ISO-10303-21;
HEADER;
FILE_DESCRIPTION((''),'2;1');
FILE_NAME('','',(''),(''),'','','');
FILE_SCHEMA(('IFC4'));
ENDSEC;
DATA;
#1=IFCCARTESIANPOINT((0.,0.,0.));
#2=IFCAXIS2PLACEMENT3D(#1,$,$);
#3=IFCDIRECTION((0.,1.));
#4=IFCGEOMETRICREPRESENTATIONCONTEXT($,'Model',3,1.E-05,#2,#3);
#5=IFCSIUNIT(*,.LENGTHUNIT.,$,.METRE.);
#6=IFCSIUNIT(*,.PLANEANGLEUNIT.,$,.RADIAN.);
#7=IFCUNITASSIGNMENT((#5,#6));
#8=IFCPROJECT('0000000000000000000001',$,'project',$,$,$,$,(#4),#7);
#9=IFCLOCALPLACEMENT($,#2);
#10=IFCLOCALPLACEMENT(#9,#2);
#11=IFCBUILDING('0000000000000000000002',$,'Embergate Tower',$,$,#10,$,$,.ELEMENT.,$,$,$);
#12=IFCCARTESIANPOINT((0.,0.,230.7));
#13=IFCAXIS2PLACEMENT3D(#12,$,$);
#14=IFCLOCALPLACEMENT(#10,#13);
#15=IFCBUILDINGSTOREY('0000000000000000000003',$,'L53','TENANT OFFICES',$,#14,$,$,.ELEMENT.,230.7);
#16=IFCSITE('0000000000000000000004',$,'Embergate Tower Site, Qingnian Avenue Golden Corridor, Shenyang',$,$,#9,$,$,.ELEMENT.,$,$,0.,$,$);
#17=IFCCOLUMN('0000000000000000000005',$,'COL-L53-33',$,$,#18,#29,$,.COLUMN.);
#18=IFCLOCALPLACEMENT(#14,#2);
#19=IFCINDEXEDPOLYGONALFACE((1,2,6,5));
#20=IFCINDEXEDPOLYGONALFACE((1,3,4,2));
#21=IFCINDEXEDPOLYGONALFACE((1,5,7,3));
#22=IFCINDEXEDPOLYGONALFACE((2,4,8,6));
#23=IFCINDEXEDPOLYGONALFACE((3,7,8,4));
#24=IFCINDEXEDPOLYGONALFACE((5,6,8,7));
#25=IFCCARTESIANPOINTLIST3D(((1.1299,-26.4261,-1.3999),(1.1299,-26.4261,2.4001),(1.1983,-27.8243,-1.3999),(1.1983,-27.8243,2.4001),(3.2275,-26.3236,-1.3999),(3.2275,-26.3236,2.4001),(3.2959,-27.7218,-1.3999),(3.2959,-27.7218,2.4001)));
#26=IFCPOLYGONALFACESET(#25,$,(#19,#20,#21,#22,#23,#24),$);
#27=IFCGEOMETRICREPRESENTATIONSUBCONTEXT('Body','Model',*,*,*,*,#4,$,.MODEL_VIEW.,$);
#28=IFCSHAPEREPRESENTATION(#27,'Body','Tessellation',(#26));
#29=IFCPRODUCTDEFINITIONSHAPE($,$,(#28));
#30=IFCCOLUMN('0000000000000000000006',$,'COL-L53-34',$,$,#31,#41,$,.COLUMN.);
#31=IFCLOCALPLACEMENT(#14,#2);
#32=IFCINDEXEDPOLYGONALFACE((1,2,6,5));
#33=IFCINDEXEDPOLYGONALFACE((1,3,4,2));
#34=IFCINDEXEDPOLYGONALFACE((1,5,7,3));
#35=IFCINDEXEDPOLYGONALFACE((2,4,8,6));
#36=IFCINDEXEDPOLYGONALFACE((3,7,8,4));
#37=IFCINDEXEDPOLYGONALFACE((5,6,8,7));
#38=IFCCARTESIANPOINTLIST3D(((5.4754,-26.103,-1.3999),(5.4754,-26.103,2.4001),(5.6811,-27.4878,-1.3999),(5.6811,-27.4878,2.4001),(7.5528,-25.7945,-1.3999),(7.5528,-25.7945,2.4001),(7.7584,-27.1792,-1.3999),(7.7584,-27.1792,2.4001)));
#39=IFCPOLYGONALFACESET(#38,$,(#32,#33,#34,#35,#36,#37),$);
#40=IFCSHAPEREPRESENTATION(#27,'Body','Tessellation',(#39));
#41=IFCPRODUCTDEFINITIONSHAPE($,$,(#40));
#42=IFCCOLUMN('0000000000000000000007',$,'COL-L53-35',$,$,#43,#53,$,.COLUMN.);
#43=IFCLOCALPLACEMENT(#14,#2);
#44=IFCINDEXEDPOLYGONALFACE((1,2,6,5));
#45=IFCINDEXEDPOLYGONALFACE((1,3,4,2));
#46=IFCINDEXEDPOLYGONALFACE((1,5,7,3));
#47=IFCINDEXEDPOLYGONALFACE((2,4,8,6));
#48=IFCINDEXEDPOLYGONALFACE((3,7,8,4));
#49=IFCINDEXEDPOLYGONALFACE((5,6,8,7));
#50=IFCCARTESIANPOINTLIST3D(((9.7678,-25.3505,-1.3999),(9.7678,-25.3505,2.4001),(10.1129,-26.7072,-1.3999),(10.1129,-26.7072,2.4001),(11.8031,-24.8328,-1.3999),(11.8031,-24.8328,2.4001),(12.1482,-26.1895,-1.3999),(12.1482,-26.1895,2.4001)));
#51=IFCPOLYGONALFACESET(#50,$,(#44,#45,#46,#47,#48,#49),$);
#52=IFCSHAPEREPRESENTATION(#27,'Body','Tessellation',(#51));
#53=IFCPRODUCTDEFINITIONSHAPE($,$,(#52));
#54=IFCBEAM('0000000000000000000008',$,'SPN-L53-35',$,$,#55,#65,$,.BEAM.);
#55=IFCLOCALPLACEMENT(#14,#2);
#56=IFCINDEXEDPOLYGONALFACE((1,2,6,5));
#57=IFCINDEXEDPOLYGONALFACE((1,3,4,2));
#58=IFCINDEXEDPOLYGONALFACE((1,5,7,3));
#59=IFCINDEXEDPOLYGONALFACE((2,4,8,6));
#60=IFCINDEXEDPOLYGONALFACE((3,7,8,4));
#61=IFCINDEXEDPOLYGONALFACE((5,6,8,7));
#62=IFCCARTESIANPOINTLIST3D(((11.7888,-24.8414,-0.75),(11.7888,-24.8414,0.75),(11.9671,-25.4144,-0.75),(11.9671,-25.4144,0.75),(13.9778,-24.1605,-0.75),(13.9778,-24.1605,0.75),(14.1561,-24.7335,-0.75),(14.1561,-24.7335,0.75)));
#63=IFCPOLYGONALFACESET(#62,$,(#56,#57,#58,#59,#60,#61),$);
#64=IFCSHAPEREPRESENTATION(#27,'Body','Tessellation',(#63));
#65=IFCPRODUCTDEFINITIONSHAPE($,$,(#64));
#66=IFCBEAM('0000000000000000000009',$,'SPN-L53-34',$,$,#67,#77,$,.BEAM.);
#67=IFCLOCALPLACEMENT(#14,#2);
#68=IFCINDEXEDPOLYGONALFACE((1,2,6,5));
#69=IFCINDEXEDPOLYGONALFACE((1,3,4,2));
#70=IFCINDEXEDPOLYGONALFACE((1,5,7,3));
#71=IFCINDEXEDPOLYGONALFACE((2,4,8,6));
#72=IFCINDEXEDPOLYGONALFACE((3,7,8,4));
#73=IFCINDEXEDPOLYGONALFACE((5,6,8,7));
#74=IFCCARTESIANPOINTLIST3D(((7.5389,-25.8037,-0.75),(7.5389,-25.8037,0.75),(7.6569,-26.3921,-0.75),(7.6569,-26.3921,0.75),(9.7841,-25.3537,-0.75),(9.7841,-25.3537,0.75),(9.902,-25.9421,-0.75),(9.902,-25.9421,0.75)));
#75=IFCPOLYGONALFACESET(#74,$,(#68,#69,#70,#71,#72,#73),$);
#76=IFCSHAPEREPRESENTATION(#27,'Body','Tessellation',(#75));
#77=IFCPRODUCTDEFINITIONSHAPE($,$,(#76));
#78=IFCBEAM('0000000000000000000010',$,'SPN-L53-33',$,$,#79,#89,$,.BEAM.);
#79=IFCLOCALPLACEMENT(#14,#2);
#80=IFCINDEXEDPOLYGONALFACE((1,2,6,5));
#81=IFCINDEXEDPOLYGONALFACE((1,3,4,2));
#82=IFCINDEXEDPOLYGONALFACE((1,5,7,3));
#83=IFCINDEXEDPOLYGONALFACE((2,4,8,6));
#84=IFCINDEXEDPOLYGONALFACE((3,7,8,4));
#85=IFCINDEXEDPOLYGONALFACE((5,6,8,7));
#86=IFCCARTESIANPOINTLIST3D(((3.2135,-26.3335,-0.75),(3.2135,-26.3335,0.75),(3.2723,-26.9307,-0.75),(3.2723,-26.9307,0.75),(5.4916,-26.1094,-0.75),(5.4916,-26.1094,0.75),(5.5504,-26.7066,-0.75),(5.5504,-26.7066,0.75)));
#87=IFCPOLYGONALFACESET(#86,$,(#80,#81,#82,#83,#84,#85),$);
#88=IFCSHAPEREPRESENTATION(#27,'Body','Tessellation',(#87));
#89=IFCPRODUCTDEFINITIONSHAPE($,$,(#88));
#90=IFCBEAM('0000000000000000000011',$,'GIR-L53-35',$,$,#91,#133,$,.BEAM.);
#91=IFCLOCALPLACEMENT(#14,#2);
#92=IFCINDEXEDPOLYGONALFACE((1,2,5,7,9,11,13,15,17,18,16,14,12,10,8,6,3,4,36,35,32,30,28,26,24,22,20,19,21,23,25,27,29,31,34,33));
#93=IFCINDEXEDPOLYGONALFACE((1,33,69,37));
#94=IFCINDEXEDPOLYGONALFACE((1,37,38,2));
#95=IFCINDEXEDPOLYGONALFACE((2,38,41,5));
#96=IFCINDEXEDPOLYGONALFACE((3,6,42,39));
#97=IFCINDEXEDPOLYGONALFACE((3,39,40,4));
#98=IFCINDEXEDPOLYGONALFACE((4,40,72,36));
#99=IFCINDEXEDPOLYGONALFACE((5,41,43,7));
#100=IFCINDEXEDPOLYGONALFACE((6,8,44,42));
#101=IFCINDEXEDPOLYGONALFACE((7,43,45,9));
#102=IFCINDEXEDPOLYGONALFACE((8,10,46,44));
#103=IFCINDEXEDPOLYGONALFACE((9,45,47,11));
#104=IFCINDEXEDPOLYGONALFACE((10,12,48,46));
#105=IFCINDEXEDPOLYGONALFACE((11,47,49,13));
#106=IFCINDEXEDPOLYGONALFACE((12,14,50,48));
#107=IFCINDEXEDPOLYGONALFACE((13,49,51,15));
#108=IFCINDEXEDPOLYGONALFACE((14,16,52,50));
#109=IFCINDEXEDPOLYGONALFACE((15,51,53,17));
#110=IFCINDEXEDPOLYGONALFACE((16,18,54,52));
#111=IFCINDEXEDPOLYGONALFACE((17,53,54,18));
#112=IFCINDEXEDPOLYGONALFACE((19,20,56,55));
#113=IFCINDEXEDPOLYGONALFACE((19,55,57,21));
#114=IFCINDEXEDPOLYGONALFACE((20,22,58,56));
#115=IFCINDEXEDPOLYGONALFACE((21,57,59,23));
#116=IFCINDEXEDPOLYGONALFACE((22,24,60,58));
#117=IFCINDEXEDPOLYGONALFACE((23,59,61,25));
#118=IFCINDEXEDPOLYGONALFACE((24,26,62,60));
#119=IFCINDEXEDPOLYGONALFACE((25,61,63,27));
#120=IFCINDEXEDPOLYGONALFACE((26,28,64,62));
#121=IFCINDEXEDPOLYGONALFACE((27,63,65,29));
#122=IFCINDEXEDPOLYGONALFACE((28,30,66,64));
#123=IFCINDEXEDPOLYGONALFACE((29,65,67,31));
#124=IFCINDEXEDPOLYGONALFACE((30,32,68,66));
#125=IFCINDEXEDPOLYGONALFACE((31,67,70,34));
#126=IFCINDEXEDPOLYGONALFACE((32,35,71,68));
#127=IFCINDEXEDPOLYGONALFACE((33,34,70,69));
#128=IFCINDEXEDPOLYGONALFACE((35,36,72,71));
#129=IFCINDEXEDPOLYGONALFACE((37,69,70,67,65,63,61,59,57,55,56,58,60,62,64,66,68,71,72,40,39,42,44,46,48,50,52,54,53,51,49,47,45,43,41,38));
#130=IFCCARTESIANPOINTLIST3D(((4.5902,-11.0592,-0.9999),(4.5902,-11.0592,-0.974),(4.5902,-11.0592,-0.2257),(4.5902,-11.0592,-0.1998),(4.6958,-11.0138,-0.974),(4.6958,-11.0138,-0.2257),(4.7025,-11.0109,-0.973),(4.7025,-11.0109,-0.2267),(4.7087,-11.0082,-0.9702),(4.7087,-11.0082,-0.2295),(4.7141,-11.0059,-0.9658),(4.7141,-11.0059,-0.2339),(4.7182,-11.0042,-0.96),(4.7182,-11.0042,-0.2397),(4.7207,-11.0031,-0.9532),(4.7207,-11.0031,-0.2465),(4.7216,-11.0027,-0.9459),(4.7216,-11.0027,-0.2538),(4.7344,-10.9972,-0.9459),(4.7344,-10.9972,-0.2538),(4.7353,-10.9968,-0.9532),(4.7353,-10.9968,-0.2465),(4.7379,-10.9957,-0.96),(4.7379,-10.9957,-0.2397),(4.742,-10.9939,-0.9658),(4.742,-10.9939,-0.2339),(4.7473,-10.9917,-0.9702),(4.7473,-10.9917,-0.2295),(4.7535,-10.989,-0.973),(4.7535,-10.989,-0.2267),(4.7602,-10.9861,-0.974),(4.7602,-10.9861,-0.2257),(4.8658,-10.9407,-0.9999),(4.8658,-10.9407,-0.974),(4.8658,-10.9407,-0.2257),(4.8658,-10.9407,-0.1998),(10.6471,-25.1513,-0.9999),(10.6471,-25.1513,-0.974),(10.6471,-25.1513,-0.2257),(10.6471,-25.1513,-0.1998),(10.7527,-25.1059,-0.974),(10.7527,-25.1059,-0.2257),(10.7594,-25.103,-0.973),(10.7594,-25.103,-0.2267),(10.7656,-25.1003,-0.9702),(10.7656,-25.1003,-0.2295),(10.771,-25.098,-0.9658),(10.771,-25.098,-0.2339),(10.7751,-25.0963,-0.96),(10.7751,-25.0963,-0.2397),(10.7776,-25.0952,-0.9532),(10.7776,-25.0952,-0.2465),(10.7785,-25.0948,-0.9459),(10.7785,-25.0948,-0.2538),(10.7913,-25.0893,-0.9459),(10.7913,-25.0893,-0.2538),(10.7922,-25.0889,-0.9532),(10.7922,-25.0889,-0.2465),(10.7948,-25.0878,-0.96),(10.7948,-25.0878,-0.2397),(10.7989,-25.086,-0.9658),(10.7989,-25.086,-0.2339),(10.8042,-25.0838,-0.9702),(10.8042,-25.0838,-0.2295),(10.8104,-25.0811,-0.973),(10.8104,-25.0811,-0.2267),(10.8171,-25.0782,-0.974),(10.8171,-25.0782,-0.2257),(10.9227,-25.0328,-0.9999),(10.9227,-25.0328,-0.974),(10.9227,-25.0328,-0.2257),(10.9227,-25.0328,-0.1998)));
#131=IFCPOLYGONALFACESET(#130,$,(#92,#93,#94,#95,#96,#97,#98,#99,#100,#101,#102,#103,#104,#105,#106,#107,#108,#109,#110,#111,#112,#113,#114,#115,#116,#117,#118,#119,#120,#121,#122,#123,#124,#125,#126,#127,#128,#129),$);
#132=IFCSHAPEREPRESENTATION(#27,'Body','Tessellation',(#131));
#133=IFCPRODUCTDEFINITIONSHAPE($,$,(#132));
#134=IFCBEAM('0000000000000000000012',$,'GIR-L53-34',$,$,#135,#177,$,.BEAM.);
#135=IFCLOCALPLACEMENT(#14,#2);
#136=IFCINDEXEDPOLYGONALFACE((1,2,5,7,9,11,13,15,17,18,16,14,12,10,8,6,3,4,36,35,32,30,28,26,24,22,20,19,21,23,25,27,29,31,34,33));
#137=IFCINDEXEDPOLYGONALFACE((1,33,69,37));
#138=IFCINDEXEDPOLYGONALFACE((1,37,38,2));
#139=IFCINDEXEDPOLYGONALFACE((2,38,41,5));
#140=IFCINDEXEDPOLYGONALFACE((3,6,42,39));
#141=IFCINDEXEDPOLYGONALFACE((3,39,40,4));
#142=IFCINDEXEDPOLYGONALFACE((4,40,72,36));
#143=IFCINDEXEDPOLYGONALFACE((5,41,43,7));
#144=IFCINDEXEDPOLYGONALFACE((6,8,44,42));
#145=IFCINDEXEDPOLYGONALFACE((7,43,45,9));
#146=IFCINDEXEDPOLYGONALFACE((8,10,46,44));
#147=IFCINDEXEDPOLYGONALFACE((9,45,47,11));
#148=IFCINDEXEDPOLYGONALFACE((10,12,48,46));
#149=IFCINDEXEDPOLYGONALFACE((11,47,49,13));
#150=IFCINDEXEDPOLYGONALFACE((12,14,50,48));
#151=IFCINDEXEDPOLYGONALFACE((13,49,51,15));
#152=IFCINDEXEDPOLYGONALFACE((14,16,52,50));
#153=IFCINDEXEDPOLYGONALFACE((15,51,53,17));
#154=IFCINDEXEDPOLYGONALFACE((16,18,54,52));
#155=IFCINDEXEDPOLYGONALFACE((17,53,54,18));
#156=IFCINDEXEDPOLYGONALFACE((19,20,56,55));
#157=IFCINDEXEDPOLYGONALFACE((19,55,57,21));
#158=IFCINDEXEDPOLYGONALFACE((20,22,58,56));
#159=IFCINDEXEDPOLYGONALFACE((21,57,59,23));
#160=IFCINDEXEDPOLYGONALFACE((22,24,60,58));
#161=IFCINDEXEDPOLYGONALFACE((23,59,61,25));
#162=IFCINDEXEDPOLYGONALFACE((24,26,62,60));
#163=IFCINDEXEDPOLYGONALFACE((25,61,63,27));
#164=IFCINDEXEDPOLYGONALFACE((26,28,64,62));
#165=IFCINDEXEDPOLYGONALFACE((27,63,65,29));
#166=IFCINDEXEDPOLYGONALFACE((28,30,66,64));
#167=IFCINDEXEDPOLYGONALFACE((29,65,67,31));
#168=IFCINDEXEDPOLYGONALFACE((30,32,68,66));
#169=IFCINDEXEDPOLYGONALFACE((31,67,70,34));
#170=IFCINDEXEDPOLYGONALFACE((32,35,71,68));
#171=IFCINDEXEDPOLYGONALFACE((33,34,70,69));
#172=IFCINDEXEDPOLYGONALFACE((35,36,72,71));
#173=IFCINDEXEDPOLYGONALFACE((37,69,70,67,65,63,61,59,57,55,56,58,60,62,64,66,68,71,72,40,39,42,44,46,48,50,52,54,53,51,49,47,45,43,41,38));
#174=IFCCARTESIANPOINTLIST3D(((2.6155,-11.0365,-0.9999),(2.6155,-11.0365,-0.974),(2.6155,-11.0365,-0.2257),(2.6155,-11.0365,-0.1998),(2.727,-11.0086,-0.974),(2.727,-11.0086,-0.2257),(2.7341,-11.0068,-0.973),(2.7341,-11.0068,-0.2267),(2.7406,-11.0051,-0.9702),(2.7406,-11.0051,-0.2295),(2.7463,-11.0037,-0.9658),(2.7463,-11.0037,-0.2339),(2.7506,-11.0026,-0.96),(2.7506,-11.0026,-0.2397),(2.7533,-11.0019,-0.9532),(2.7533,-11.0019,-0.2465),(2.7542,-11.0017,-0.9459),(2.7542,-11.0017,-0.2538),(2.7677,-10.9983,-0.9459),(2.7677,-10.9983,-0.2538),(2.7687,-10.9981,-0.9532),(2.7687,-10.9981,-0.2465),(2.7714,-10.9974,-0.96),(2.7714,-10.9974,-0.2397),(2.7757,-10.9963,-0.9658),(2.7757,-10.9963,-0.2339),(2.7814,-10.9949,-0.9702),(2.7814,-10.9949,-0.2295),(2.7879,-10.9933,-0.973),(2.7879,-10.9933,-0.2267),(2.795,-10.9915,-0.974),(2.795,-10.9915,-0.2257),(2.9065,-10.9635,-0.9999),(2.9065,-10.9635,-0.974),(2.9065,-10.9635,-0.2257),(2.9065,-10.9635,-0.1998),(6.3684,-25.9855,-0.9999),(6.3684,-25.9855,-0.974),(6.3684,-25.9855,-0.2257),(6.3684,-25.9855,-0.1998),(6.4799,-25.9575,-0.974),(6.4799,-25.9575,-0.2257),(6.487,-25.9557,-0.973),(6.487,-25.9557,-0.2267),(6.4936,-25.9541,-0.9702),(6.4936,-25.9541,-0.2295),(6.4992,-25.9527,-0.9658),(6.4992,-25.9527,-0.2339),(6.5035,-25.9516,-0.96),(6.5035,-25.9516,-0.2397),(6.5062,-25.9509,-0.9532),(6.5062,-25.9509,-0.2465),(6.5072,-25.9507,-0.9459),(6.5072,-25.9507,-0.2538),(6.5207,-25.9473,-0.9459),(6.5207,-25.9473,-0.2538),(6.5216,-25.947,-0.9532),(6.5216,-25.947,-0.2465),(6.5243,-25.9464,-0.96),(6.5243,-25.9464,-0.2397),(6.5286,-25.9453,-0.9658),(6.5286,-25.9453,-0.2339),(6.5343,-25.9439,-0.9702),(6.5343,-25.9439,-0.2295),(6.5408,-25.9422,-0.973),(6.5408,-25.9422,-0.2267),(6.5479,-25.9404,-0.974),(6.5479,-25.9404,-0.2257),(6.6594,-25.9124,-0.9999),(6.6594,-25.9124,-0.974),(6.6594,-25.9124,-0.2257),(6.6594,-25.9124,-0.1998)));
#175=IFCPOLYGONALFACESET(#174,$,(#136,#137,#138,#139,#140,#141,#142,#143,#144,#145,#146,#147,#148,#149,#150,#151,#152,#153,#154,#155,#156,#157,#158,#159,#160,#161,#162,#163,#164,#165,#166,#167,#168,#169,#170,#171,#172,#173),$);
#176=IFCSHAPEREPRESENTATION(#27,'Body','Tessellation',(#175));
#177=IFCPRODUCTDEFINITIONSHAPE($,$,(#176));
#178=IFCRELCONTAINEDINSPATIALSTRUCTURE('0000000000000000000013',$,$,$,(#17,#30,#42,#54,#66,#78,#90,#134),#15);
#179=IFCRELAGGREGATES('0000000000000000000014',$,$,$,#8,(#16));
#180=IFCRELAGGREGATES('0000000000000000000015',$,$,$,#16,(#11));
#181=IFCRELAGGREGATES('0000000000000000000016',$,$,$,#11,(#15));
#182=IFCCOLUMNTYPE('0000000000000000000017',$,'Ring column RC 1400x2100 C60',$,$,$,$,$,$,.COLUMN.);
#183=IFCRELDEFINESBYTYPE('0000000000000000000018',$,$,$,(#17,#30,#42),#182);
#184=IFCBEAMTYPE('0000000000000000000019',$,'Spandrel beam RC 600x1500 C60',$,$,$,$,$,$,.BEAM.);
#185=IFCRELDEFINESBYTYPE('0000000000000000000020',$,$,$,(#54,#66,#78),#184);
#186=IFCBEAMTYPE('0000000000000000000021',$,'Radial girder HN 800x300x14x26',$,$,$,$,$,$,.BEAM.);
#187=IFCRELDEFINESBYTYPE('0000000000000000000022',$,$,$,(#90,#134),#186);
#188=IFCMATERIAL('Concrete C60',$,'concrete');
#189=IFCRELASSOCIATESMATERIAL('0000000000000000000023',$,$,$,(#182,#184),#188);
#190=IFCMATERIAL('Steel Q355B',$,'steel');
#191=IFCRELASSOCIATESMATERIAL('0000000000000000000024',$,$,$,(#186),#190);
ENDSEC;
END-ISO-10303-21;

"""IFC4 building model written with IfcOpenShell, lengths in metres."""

from ifc_helpers import new_model, si_unit, direction, frame, origin, origin_2d, place, context, subcontext, project, spatial, rectangle, i_section, extrude, source, transform, mapped, material, material_profile, profile_set, type_object, element, save


model = new_model("IFC4")

# Units and contexts
model_context = context("Model", 3, precision=1e-05, world=origin(), true_north=direction((0.0, 1.0)))
body_context = subcontext(model_context, "Body", "Model", "MODEL_VIEW")
ifc_project = project(units=[si_unit("LENGTHUNIT", "METRE"), si_unit("PLANEANGLEUNIT", "RADIAN")], contexts=[model_context])

# Site, building, storey
site_placement = place(None, origin())
site = spatial("IfcSite", under=ifc_project, at=site_placement, Name="Embergate Tower Site, Qingnian Avenue Golden Corridor, Shenyang", CompositionType="ELEMENT", RefElevation=0.0)
building_placement = place(site_placement, origin())
building = spatial("IfcBuilding", under=site, at=building_placement, Name="Embergate Tower", CompositionType="ELEMENT")
storey_placement = place(building_placement, frame((0.0, 0.0, 230.7)))
storey = spatial("IfcBuildingStorey", under=building, at=storey_placement, Name="L53", Description="TENANT OFFICES", CompositionType="ELEMENT", Elevation=230.7)

# Columns
ifc_material_1 = material(Name="Concrete C60", Category="concrete")
ifc_material_profile_1 = material_profile(ifc_material_1, rectangle(XDim=1.3999, YDim=2.1001, at=origin_2d()), Name="RC 1400x2100")
ifc_profile_set_1 = profile_set([ifc_material_profile_1], Name="Concrete C60")
column_type = type_object("IfcColumnType", Name="Ring column RC 1400x2100 C60", PredefinedType="COLUMN", material=ifc_profile_set_1)
shared_shape_1 = source(origin(), body_context, "Body", "SweptSolid", [
    extrude(rectangle(XDim=1.3999, YDim=2.1001, at=origin_2d()), origin(), (0.0, 0.0, 1.0), 3.8),
])
for number, where, z_axis, x_axis, name in (
    (1, (2.2129, -27.074, -1.3999), (0.0, 0.0, 1.0), (0.048815, -0.998808, 0.0), "COL-L53-33"),
    (2, (6.6169, -26.6411, -1.3999), (0.0, 0.0, 1.0), (0.146929, -0.989147, 0.0), "COL-L53-34"),
    (3, (10.958, -25.77, -1.3999), (0.0, 0.0, 1.0), (0.246509, -0.969141, 0.0), "COL-L53-35"),
):
    element("IfcColumn", number, at=place(storey_placement, frame(where, z_axis=z_axis, x_axis=x_axis)), inside=storey, type_object=column_type, Name=name, PredefinedType="COLUMN", context=body_context, shape_type="MappedRepresentation", body=[
        mapped(shared_shape_1, transform((0.0, 0.0, 0.0))),
    ])

# Beams
ifc_material_profile_2 = material_profile(ifc_material_1, rectangle(XDim=0.6001, YDim=1.5, at=origin_2d()), Name="RC 600x1500")
ifc_profile_set_2 = profile_set([ifc_material_profile_2], Name="Concrete C60")
beam_type_1 = type_object("IfcBeamType", Name="Spandrel beam RC 600x1500 C60", PredefinedType="BEAM", material=ifc_profile_set_2)
shared_shape_2 = source(origin(), body_context, "Body", "SweptSolid", [
    extrude(rectangle(XDim=0.6001, YDim=1.5, at=origin_2d()), origin(), (0.0, 0.0, 1.0), 2.2925),
])
beam_1_placement = place(storey_placement, frame((11.8779, -25.1279, 0.0), z_axis=(0.95487, 0.297026, 0.0), x_axis=(-0.297026, 0.95487, 0.0)))
element("IfcBeam", 4, at=beam_1_placement, inside=storey, type_object=beam_type_1, Name="SPN-L53-35", PredefinedType="BEAM", context=body_context, shape_type="MappedRepresentation", body=[
    mapped(shared_shape_2, transform((0.0, 0.0, 0.0))),
])
shared_shape_3 = source(origin(), body_context, "Body", "SweptSolid", [
    extrude(rectangle(XDim=0.6001, YDim=1.5, at=origin_2d()), origin(), (0.0, 0.0, 1.0), 2.2898),
])
beam_2_placement = place(storey_placement, frame((7.5979, -26.0979, 0.0), z_axis=(0.980503, 0.196506, 0.0), x_axis=(-0.196506, 0.980503, 0.0)))
element("IfcBeam", 5, at=beam_2_placement, inside=storey, type_object=beam_type_1, Name="SPN-L53-34", PredefinedType="BEAM", context=body_context, shape_type="MappedRepresentation", body=[
    mapped(shared_shape_3, transform((0.0, 0.0, 0.0))),
])
shared_shape_4 = source(origin(), body_context, "Body", "SweptSolid", [
    extrude(rectangle(XDim=0.6001, YDim=1.5, at=origin_2d()), origin(), (0.0, 0.0, 1.0), 2.2891),
])
beam_3_placement = place(storey_placement, frame((3.2429, -26.6321, 0.0), z_axis=(0.995195, 0.097909, 0.0), x_axis=(-0.097909, 0.995195, 0.0)))
element("IfcBeam", 6, at=beam_3_placement, inside=storey, type_object=beam_type_1, Name="SPN-L53-33", PredefinedType="BEAM", context=body_context, shape_type="MappedRepresentation", body=[
    mapped(shared_shape_4, transform((0.0, 0.0, 0.0))),
])
ifc_material_2 = material(Name="Steel Q355B", Category="steel")
ifc_material_profile_3 = material_profile(ifc_material_2, i_section(OverallWidth=0.3, OverallDepth=0.8, WebThickness=0.0139, FlangeThickness=0.0259, FilletRadius=0.0281, at=origin_2d()), Name="HN 800x300x14x26")
ifc_profile_set_3 = profile_set([ifc_material_profile_3], Name="Steel Q355 grade B")
beam_type_2 = type_object("IfcBeamType", Name="Radial girder HN 800x300x14x26", PredefinedType="BEAM", material=ifc_profile_set_3)
shared_shape_5 = source(origin(), body_context, "Body", "SweptSolid", [
    extrude(i_section(OverallWidth=0.3, OverallDepth=0.8, WebThickness=0.0139, FlangeThickness=0.0259, FilletRadius=0.0281, at=origin_2d()), origin(), (0.0, 0.0, 1.0), 15.3386),
])
beam_4_placement = place(storey_placement, frame((10.7849, -25.092, -0.5999), z_axis=(-0.39488, 0.918733, 0.0), x_axis=(-0.918733, -0.39488, 0.0)))
element("IfcBeam", 7, at=beam_4_placement, inside=storey, type_object=beam_type_2, Name="GIR-L53-35", PredefinedType="BEAM", context=body_context, shape_type="MappedRepresentation", body=[
    mapped(shared_shape_5, transform((0.0, 0.0, 0.0))),
])
shared_shape_6 = source(origin(), body_context, "Body", "SweptSolid", [
    extrude(i_section(OverallWidth=0.3, OverallDepth=0.8, WebThickness=0.0139, FlangeThickness=0.0259, FilletRadius=0.0281, at=origin_2d()), origin(), (0.0, 0.0, 1.0), 15.4128),
])
beam_5_placement = place(storey_placement, frame((6.5139, -25.949, -0.5999), z_axis=(-0.243493, 0.969903, 0.0), x_axis=(-0.969903, -0.243493, 0.0)))
element("IfcBeam", 8, at=beam_5_placement, inside=storey, type_object=beam_type_2, Name="GIR-L53-34", PredefinedType="BEAM", context=body_context, shape_type="MappedRepresentation", body=[
    mapped(shared_shape_6, transform((0.0, 0.0, 0.0))),
])

save(model, "model.ifc")
